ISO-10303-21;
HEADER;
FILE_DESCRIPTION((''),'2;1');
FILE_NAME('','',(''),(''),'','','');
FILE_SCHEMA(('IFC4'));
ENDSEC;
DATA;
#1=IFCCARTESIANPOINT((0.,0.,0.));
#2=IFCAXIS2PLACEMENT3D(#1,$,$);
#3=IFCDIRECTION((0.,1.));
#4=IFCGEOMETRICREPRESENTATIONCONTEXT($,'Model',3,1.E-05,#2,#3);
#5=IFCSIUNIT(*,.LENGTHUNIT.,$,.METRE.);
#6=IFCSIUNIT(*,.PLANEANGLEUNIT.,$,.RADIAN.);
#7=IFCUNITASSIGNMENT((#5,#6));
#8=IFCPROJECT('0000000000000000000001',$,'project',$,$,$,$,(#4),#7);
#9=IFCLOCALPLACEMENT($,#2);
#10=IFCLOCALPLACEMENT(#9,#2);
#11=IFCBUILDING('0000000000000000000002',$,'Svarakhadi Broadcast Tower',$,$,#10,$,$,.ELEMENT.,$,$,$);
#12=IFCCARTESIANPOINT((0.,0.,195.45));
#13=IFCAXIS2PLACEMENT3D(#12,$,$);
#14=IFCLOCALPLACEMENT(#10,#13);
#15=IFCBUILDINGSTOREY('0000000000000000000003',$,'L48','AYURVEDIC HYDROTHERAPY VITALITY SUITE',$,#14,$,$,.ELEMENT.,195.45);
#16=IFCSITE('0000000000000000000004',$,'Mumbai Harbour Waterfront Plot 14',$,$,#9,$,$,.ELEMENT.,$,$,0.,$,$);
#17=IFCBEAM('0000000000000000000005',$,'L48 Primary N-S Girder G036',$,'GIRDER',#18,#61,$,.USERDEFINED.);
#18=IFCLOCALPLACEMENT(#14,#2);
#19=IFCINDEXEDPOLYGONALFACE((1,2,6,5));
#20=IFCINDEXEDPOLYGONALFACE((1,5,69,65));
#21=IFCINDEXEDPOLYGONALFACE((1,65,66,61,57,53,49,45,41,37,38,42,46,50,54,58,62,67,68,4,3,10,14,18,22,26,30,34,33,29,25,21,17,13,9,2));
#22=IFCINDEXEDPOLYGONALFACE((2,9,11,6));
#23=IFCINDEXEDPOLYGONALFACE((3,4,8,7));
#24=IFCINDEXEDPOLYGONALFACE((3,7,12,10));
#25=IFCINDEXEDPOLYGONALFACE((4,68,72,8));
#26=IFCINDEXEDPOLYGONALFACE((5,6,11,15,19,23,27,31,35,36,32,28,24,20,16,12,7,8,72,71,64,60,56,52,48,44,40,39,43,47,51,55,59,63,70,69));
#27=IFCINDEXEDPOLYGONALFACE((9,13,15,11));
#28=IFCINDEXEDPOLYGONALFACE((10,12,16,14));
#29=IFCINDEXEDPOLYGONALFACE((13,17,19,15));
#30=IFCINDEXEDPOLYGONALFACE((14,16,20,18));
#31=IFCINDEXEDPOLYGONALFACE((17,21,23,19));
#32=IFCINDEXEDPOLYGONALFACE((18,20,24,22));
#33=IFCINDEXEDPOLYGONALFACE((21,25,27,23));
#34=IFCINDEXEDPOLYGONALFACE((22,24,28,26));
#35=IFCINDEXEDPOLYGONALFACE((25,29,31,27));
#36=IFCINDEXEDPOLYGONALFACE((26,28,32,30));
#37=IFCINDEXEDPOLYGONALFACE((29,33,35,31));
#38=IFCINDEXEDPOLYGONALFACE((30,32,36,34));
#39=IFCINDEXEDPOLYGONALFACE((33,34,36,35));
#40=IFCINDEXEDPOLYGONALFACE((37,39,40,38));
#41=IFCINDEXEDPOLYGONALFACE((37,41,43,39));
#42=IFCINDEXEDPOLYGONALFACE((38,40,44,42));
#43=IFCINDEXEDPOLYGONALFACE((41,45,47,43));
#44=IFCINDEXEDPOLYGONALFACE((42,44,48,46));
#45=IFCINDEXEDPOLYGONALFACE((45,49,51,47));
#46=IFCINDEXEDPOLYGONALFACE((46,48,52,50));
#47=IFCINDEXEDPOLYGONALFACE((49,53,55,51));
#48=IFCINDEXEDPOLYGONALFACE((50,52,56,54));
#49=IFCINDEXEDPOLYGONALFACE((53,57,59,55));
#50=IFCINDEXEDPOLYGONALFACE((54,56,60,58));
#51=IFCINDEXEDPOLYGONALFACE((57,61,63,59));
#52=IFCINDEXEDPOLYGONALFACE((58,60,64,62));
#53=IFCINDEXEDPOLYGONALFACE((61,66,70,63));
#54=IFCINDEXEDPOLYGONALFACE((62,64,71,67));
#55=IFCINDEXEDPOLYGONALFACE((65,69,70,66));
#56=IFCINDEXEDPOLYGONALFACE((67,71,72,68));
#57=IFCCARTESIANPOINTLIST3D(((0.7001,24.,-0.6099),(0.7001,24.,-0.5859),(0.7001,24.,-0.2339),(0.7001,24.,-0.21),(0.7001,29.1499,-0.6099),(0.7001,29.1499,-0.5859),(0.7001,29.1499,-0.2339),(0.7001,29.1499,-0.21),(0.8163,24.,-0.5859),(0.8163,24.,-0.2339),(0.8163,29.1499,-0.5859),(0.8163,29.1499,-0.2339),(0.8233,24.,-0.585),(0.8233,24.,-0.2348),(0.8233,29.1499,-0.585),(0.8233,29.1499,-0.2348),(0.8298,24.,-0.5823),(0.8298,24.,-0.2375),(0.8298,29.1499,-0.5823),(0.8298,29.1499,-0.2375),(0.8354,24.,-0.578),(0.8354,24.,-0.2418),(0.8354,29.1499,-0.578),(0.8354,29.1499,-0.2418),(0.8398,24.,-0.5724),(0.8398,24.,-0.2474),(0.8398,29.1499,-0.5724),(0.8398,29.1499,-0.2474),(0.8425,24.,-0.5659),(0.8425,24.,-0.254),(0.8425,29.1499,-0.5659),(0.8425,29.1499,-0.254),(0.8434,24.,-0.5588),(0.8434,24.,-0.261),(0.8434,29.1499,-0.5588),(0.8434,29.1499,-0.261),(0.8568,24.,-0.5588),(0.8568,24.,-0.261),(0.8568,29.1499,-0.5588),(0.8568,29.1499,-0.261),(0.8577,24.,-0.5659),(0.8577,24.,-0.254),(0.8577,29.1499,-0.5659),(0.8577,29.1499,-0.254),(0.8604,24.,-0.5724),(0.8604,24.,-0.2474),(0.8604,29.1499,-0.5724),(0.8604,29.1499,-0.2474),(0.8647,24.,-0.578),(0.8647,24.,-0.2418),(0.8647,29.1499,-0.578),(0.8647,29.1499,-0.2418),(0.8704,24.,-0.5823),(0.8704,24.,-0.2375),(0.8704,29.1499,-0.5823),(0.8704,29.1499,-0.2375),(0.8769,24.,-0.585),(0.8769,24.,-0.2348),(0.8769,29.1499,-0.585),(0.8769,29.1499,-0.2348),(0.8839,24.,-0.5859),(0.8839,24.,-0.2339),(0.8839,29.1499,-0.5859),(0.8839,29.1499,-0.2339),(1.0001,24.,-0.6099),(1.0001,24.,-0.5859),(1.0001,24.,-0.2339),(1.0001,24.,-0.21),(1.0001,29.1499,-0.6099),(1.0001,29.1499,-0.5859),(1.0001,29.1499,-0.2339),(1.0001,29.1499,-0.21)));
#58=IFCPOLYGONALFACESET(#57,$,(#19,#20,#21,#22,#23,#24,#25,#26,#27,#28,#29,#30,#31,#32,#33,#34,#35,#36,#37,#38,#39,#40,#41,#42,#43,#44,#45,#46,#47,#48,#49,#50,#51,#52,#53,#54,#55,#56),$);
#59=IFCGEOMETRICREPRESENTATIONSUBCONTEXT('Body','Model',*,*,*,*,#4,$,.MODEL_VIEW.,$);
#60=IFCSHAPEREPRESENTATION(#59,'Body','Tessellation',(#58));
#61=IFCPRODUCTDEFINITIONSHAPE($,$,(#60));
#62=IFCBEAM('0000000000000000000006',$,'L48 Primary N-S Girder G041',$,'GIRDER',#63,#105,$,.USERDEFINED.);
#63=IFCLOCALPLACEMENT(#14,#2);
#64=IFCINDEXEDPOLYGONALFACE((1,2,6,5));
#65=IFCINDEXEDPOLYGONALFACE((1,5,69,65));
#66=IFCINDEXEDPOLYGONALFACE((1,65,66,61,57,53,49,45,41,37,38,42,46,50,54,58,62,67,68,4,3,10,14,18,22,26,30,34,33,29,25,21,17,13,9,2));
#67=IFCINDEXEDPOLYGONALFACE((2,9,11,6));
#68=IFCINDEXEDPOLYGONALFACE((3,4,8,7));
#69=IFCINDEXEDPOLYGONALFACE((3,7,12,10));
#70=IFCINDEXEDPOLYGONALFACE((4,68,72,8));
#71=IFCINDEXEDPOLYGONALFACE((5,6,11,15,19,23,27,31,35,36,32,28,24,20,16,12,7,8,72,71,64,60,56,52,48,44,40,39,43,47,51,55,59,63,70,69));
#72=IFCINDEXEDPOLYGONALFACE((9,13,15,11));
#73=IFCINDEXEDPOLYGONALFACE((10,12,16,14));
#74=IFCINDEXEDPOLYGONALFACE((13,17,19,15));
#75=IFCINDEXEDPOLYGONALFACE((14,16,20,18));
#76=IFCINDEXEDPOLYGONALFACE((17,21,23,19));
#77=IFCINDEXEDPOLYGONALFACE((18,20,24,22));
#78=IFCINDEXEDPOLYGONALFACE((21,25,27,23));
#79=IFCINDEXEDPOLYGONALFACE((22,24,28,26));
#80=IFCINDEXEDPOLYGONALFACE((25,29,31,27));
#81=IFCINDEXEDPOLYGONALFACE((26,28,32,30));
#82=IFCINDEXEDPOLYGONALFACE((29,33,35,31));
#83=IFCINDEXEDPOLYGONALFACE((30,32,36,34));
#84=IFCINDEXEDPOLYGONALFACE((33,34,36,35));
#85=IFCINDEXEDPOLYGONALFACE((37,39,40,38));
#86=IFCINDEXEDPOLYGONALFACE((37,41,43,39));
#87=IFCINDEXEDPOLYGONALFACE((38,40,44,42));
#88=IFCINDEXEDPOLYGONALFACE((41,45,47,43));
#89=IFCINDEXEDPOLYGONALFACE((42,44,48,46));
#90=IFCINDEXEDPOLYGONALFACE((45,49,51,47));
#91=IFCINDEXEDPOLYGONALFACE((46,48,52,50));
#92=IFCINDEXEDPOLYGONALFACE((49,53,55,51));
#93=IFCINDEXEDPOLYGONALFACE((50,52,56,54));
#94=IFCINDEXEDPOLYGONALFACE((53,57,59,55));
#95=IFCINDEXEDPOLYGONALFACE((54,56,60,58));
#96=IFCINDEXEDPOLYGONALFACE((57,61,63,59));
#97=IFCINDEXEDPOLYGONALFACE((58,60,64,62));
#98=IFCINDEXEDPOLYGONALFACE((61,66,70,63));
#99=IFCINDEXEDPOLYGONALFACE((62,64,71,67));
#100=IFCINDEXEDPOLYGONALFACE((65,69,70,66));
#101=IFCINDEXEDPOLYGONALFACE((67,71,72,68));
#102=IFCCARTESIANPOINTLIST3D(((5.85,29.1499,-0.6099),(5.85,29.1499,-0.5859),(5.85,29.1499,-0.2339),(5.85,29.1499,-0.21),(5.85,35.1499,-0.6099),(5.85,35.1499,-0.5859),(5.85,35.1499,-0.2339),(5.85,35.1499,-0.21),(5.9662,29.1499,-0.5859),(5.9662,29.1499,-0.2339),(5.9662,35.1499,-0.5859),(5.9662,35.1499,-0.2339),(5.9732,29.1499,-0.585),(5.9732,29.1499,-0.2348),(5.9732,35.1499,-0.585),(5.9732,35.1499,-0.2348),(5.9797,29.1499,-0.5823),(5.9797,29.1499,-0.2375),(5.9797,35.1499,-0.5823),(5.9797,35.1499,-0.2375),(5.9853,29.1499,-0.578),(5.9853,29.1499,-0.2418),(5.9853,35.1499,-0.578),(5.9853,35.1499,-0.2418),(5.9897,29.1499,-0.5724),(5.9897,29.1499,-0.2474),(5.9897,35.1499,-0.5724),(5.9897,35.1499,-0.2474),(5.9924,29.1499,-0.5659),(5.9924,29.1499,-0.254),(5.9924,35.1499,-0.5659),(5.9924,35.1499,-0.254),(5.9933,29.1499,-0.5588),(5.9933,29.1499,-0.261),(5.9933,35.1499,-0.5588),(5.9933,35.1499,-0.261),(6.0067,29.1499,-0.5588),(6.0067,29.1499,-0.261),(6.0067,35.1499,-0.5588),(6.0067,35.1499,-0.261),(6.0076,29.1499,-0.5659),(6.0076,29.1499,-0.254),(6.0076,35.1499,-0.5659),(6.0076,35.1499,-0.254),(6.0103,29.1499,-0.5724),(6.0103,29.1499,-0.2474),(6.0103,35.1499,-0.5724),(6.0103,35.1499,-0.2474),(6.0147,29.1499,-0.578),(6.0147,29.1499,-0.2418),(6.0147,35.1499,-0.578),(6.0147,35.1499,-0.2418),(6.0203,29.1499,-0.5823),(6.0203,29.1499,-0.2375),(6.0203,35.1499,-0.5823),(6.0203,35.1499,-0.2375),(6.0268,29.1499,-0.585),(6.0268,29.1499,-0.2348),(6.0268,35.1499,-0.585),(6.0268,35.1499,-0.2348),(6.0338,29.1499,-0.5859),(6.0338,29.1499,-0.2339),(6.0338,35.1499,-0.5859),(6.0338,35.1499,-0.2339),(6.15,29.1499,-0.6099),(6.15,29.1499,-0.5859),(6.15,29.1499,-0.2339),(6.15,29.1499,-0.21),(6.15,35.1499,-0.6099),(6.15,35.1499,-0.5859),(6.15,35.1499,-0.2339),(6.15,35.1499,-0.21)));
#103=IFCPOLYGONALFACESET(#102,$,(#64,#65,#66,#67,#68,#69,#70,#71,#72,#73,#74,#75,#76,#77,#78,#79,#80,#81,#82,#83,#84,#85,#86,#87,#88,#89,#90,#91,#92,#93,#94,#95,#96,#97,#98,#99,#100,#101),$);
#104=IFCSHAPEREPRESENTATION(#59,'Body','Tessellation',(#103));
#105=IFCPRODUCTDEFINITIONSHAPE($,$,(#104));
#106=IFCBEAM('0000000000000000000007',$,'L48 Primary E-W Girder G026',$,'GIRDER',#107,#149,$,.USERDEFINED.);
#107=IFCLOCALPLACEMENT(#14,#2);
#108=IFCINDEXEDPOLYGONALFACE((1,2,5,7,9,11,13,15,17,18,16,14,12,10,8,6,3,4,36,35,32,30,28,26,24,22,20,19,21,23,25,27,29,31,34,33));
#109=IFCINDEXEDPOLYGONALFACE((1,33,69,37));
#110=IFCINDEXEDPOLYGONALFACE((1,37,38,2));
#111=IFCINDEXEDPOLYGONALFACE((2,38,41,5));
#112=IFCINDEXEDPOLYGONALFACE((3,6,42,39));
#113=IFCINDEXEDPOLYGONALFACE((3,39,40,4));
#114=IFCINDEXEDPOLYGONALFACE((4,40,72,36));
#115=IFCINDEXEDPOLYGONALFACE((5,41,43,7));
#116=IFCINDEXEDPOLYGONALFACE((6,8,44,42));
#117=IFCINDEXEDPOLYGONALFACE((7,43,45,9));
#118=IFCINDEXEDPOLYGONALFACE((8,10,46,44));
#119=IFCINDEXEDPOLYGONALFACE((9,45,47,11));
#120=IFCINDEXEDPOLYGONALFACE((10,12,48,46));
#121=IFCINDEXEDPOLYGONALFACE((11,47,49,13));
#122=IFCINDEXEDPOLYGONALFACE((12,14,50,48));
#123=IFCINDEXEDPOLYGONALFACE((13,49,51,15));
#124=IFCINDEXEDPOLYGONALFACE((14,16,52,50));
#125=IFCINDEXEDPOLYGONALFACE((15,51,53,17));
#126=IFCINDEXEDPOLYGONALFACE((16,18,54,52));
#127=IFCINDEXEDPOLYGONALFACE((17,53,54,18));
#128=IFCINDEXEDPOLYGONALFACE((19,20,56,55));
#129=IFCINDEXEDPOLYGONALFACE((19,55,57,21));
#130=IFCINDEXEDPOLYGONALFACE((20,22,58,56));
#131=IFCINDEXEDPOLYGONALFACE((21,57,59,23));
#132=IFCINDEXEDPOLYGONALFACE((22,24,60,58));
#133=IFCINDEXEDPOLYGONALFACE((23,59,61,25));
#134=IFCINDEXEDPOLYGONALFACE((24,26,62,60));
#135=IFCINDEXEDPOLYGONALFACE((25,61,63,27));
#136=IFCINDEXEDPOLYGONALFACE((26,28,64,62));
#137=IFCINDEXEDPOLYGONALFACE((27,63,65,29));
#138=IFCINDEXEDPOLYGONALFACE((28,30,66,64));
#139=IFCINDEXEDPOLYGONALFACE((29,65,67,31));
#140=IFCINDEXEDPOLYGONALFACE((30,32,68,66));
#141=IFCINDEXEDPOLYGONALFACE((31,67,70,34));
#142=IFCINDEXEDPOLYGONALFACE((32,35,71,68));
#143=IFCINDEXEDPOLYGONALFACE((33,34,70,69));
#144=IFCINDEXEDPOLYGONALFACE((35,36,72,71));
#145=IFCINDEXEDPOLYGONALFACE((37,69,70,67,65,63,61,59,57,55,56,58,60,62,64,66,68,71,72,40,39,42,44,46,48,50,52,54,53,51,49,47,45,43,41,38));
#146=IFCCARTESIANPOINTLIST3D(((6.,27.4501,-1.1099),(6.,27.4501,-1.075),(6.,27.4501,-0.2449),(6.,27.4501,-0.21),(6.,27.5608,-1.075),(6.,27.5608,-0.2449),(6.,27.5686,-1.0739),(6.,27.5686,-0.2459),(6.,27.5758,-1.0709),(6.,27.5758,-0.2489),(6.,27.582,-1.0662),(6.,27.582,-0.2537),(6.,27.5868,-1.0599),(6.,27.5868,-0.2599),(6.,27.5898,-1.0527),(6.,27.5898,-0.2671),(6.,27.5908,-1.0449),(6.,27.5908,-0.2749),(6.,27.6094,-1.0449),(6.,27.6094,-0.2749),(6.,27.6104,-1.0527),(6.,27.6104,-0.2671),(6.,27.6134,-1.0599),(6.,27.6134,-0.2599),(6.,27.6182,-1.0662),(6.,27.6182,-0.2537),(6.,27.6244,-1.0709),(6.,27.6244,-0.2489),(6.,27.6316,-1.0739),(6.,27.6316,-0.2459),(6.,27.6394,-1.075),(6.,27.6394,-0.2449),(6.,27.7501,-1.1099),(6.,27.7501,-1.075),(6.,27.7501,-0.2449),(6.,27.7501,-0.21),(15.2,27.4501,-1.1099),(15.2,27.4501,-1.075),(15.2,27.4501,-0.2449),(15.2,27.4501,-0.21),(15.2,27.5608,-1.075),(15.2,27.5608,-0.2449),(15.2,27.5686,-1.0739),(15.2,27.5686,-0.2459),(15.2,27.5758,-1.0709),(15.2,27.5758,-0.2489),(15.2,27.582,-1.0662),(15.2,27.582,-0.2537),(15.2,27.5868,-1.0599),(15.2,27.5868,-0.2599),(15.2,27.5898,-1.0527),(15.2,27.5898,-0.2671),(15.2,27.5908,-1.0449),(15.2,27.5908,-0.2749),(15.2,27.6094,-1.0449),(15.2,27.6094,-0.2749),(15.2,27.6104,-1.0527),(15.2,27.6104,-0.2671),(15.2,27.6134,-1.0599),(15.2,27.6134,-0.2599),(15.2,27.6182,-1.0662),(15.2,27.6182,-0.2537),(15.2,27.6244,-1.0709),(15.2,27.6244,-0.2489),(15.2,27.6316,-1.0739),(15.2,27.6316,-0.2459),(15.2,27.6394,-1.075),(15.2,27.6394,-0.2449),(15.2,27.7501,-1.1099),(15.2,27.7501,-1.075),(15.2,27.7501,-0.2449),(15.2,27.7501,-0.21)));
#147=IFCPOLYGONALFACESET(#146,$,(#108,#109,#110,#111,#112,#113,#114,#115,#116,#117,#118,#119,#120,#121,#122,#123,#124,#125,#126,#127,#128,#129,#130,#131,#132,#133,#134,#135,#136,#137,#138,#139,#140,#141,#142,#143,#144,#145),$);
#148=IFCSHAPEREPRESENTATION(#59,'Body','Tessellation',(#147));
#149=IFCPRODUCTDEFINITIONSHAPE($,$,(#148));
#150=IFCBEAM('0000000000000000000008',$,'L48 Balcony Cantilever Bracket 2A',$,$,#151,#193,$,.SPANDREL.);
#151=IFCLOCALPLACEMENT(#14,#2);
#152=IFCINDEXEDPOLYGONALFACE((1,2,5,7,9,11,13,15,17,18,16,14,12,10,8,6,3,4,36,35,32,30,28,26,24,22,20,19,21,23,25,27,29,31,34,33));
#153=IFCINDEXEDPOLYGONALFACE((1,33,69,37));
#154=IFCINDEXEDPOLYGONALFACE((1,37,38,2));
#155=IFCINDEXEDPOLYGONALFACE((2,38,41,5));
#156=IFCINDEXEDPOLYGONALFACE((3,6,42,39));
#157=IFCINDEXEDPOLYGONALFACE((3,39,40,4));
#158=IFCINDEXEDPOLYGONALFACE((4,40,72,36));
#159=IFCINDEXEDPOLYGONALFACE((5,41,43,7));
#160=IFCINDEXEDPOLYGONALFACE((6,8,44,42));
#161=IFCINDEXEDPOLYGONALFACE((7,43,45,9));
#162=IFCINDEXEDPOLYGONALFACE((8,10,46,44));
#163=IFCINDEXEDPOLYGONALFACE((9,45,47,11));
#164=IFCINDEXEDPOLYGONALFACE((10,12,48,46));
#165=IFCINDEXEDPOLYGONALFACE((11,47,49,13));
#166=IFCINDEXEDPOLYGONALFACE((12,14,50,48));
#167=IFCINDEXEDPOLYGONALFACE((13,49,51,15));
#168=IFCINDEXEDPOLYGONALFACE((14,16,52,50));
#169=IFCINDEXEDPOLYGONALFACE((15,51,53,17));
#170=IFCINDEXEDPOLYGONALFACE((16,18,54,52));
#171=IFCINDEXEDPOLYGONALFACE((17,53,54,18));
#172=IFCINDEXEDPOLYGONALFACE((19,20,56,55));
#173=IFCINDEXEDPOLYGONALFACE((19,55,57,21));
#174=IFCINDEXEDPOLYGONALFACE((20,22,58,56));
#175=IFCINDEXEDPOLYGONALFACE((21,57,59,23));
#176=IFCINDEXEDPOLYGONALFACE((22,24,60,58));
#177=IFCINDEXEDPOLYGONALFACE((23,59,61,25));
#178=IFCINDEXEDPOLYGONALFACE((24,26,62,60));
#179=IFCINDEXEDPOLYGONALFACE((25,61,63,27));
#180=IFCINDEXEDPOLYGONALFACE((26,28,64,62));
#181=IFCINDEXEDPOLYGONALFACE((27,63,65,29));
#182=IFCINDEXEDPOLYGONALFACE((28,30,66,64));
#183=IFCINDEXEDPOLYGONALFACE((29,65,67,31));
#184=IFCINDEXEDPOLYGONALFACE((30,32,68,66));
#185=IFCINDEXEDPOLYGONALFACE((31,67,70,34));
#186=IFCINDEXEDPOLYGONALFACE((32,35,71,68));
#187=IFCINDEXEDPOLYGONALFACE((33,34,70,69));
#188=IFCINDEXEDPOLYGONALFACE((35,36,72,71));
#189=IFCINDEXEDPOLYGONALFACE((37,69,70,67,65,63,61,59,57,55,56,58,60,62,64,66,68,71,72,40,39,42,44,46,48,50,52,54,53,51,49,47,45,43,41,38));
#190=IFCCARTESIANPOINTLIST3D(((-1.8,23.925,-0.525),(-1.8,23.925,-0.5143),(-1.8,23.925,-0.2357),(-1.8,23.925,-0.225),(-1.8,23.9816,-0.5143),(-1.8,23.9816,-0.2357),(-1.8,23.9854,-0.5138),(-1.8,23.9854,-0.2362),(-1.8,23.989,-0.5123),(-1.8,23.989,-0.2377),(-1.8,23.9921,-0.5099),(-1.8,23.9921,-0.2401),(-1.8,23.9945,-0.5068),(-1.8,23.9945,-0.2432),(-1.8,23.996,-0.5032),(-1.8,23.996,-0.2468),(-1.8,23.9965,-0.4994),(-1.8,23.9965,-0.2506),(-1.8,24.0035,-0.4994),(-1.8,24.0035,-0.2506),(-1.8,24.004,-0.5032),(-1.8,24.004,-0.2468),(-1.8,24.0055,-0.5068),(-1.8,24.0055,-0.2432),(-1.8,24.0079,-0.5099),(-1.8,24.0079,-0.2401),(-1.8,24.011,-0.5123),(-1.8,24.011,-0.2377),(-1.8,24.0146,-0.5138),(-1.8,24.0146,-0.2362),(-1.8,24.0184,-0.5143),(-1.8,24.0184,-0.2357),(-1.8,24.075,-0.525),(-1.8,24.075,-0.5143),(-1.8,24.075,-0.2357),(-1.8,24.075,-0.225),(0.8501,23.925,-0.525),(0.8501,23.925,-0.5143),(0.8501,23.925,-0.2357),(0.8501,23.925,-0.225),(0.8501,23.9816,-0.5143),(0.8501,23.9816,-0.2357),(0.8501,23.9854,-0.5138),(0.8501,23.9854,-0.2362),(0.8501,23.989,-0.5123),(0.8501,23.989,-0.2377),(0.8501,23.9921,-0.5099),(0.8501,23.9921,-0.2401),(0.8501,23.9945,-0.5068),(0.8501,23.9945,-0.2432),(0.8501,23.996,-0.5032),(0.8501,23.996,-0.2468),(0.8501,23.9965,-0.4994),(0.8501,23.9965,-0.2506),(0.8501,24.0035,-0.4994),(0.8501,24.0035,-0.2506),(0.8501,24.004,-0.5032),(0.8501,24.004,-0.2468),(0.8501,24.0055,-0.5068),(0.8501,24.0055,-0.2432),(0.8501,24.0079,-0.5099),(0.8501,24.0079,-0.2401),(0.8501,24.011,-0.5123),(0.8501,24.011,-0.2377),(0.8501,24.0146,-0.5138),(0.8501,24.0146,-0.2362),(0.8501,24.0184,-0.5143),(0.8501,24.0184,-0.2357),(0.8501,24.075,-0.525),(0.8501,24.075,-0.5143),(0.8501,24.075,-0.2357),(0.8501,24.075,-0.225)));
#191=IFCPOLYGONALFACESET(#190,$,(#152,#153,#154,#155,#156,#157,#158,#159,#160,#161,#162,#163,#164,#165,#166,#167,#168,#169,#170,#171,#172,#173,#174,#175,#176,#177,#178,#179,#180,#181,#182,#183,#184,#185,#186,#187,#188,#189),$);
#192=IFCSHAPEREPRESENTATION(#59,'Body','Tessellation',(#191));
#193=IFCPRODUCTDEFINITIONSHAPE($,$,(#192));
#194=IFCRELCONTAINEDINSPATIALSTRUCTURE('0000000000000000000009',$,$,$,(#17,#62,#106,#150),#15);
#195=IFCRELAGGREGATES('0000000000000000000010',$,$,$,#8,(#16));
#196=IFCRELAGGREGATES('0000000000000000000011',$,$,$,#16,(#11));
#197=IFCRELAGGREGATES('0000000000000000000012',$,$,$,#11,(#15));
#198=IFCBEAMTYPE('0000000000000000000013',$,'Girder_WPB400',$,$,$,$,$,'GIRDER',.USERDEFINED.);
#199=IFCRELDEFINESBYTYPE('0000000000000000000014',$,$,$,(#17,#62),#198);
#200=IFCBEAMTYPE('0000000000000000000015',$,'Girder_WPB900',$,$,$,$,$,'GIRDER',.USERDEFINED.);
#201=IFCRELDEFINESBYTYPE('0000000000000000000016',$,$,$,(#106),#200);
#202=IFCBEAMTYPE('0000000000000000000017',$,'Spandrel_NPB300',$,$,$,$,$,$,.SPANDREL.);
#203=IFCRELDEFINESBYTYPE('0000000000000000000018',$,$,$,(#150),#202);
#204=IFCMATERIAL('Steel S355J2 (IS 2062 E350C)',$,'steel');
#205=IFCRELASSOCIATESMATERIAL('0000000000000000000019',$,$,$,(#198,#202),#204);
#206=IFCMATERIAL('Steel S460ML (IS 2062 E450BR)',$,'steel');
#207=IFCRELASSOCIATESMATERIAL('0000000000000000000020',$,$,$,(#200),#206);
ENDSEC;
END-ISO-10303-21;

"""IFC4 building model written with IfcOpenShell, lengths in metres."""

from ifc_helpers import new_model, si_unit, direction, frame, origin, origin_2d, place, context, subcontext, project, spatial, i_section, extrude, material, material_profile, profile_set, type_object, element, save


model = new_model("IFC4")

# Units and contexts
model_context = context("Model", 3, precision=1e-05, world=origin(), true_north=direction((0.0, 1.0)))
body_context = subcontext(model_context, "Body", "Model", "MODEL_VIEW")
ifc_project = project(units=[si_unit("LENGTHUNIT", "METRE"), si_unit("PLANEANGLEUNIT", "RADIAN")], contexts=[model_context])

# Site, building, storey
site_placement = place(None, origin())
site = spatial("IfcSite", under=ifc_project, at=site_placement, Name="Mumbai Harbour Waterfront Plot 14", CompositionType="ELEMENT", RefElevation=0.0)
building_placement = place(site_placement, origin())
building = spatial("IfcBuilding", under=site, at=building_placement, Name="Svarakhadi Broadcast Tower", CompositionType="ELEMENT")
storey_placement = place(building_placement, frame((0.0, 0.0, 195.45)))
storey = spatial("IfcBuildingStorey", under=building, at=storey_placement, Name="L48", Description="AYURVEDIC HYDROTHERAPY VITALITY SUITE", CompositionType="ELEMENT", Elevation=195.45)

# Shared definitions
ifc_material_1 = material(Name="Steel S460ML (IS 2062 E450BR)", Category="steel")

# Shared definitions
ifc_material_2 = material(Name="Steel S355J2 (IS 2062 E350C)", Category="steel")

# Beams
ifc_material_profile_1 = material_profile(ifc_material_2, i_section(OverallWidth=0.3, OverallDepth=0.3999, WebThickness=0.0134, FlangeThickness=0.0239, FilletRadius=0.0271, at=origin_2d()), Name="WPB 400x300x155")
ifc_profile_set_1 = profile_set([ifc_material_profile_1], Name="Steel S355J2 (IS 2062 E350C)")
beam_type_1 = type_object("IfcBeamType", Name="Girder_WPB400", ElementType="GIRDER", PredefinedType="USERDEFINED", material=ifc_profile_set_1)
beam_1_placement = place(storey_placement, frame((0.8501, 24.0, -0.4099), z_axis=(0.0, 1.0, 0.0), x_axis=(-1.0, 0.0, 0.0)))
element("IfcBeam", 1, at=beam_1_placement, inside=storey, type_object=beam_type_1, Name="L48 Primary N-S Girder G036", ObjectType="GIRDER", PredefinedType="USERDEFINED", context=body_context, shape_type="SweptSolid", body=[
    extrude(i_section(OverallWidth=0.3, OverallDepth=0.3999, WebThickness=0.0134, FlangeThickness=0.0239, FilletRadius=0.0271, at=origin_2d()), origin(), (0.0, 0.0, 1.0), 5.1499),
])
beam_2_placement = place(storey_placement, frame((6.0, 29.1499, -0.4099), z_axis=(0.0, 1.0, 0.0), x_axis=(-1.0, 0.0, 0.0)))
element("IfcBeam", 2, at=beam_2_placement, inside=storey, type_object=beam_type_1, Name="L48 Primary N-S Girder G041", ObjectType="GIRDER", PredefinedType="USERDEFINED", context=body_context, shape_type="SweptSolid", body=[
    extrude(i_section(OverallWidth=0.3, OverallDepth=0.3999, WebThickness=0.0134, FlangeThickness=0.0239, FilletRadius=0.0271, at=origin_2d()), origin(), (0.0, 0.0, 1.0), 6.0),
])
ifc_material_profile_2 = material_profile(ifc_material_1, i_section(OverallWidth=0.3, OverallDepth=0.8999, WebThickness=0.0186, FlangeThickness=0.0349, FilletRadius=0.03, at=origin_2d()), Name="WPB 900x300x291")
ifc_profile_set_2 = profile_set([ifc_material_profile_2], Name="Steel S460ML (IS 2062 E450BR)")
beam_type_2 = type_object("IfcBeamType", Name="Girder_WPB900", ElementType="GIRDER", PredefinedType="USERDEFINED", material=ifc_profile_set_2)
beam_3_placement = place(storey_placement, frame((6.0, 27.6001, -0.6599), z_axis=(1.0, 0.0, 0.0), x_axis=(0.0, 1.0, 0.0)))
element("IfcBeam", 3, at=beam_3_placement, inside=storey, type_object=beam_type_2, Name="L48 Primary E-W Girder G026", ObjectType="GIRDER", PredefinedType="USERDEFINED", context=body_context, shape_type="SweptSolid", body=[
    extrude(i_section(OverallWidth=0.3, OverallDepth=0.8999, WebThickness=0.0186, FlangeThickness=0.0349, FilletRadius=0.03, at=origin_2d()), origin(), (0.0, 0.0, 1.0), 9.2),
])
ifc_material_profile_3 = material_profile(ifc_material_2, i_section(OverallWidth=0.1499, OverallDepth=0.3, WebThickness=0.0071, FlangeThickness=0.0107, FilletRadius=0.0149, at=origin_2d()), Name="NPB 300x150x37")
ifc_profile_set_3 = profile_set([ifc_material_profile_3], Name="Steel S355J2 (IS 2062 E350C)")
beam_type_3 = type_object("IfcBeamType", Name="Spandrel_NPB300", PredefinedType="SPANDREL", material=ifc_profile_set_3)
beam_4_placement = place(storey_placement, frame((0.8501, 24.0, -0.375), z_axis=(-1.0, 0.0, 0.0), x_axis=(0.0, -1.0, 0.0)))
element("IfcBeam", 4, at=beam_4_placement, inside=storey, type_object=beam_type_3, Name="L48 Balcony Cantilever Bracket 2A", PredefinedType="SPANDREL", context=body_context, shape_type="SweptSolid", body=[
    extrude(i_section(OverallWidth=0.1499, OverallDepth=0.3, WebThickness=0.0071, FlangeThickness=0.0107, FilletRadius=0.0149, at=origin_2d()), origin(), (0.0, 0.0, 1.0), 2.6501),
])

save(model, "model.ifc")
